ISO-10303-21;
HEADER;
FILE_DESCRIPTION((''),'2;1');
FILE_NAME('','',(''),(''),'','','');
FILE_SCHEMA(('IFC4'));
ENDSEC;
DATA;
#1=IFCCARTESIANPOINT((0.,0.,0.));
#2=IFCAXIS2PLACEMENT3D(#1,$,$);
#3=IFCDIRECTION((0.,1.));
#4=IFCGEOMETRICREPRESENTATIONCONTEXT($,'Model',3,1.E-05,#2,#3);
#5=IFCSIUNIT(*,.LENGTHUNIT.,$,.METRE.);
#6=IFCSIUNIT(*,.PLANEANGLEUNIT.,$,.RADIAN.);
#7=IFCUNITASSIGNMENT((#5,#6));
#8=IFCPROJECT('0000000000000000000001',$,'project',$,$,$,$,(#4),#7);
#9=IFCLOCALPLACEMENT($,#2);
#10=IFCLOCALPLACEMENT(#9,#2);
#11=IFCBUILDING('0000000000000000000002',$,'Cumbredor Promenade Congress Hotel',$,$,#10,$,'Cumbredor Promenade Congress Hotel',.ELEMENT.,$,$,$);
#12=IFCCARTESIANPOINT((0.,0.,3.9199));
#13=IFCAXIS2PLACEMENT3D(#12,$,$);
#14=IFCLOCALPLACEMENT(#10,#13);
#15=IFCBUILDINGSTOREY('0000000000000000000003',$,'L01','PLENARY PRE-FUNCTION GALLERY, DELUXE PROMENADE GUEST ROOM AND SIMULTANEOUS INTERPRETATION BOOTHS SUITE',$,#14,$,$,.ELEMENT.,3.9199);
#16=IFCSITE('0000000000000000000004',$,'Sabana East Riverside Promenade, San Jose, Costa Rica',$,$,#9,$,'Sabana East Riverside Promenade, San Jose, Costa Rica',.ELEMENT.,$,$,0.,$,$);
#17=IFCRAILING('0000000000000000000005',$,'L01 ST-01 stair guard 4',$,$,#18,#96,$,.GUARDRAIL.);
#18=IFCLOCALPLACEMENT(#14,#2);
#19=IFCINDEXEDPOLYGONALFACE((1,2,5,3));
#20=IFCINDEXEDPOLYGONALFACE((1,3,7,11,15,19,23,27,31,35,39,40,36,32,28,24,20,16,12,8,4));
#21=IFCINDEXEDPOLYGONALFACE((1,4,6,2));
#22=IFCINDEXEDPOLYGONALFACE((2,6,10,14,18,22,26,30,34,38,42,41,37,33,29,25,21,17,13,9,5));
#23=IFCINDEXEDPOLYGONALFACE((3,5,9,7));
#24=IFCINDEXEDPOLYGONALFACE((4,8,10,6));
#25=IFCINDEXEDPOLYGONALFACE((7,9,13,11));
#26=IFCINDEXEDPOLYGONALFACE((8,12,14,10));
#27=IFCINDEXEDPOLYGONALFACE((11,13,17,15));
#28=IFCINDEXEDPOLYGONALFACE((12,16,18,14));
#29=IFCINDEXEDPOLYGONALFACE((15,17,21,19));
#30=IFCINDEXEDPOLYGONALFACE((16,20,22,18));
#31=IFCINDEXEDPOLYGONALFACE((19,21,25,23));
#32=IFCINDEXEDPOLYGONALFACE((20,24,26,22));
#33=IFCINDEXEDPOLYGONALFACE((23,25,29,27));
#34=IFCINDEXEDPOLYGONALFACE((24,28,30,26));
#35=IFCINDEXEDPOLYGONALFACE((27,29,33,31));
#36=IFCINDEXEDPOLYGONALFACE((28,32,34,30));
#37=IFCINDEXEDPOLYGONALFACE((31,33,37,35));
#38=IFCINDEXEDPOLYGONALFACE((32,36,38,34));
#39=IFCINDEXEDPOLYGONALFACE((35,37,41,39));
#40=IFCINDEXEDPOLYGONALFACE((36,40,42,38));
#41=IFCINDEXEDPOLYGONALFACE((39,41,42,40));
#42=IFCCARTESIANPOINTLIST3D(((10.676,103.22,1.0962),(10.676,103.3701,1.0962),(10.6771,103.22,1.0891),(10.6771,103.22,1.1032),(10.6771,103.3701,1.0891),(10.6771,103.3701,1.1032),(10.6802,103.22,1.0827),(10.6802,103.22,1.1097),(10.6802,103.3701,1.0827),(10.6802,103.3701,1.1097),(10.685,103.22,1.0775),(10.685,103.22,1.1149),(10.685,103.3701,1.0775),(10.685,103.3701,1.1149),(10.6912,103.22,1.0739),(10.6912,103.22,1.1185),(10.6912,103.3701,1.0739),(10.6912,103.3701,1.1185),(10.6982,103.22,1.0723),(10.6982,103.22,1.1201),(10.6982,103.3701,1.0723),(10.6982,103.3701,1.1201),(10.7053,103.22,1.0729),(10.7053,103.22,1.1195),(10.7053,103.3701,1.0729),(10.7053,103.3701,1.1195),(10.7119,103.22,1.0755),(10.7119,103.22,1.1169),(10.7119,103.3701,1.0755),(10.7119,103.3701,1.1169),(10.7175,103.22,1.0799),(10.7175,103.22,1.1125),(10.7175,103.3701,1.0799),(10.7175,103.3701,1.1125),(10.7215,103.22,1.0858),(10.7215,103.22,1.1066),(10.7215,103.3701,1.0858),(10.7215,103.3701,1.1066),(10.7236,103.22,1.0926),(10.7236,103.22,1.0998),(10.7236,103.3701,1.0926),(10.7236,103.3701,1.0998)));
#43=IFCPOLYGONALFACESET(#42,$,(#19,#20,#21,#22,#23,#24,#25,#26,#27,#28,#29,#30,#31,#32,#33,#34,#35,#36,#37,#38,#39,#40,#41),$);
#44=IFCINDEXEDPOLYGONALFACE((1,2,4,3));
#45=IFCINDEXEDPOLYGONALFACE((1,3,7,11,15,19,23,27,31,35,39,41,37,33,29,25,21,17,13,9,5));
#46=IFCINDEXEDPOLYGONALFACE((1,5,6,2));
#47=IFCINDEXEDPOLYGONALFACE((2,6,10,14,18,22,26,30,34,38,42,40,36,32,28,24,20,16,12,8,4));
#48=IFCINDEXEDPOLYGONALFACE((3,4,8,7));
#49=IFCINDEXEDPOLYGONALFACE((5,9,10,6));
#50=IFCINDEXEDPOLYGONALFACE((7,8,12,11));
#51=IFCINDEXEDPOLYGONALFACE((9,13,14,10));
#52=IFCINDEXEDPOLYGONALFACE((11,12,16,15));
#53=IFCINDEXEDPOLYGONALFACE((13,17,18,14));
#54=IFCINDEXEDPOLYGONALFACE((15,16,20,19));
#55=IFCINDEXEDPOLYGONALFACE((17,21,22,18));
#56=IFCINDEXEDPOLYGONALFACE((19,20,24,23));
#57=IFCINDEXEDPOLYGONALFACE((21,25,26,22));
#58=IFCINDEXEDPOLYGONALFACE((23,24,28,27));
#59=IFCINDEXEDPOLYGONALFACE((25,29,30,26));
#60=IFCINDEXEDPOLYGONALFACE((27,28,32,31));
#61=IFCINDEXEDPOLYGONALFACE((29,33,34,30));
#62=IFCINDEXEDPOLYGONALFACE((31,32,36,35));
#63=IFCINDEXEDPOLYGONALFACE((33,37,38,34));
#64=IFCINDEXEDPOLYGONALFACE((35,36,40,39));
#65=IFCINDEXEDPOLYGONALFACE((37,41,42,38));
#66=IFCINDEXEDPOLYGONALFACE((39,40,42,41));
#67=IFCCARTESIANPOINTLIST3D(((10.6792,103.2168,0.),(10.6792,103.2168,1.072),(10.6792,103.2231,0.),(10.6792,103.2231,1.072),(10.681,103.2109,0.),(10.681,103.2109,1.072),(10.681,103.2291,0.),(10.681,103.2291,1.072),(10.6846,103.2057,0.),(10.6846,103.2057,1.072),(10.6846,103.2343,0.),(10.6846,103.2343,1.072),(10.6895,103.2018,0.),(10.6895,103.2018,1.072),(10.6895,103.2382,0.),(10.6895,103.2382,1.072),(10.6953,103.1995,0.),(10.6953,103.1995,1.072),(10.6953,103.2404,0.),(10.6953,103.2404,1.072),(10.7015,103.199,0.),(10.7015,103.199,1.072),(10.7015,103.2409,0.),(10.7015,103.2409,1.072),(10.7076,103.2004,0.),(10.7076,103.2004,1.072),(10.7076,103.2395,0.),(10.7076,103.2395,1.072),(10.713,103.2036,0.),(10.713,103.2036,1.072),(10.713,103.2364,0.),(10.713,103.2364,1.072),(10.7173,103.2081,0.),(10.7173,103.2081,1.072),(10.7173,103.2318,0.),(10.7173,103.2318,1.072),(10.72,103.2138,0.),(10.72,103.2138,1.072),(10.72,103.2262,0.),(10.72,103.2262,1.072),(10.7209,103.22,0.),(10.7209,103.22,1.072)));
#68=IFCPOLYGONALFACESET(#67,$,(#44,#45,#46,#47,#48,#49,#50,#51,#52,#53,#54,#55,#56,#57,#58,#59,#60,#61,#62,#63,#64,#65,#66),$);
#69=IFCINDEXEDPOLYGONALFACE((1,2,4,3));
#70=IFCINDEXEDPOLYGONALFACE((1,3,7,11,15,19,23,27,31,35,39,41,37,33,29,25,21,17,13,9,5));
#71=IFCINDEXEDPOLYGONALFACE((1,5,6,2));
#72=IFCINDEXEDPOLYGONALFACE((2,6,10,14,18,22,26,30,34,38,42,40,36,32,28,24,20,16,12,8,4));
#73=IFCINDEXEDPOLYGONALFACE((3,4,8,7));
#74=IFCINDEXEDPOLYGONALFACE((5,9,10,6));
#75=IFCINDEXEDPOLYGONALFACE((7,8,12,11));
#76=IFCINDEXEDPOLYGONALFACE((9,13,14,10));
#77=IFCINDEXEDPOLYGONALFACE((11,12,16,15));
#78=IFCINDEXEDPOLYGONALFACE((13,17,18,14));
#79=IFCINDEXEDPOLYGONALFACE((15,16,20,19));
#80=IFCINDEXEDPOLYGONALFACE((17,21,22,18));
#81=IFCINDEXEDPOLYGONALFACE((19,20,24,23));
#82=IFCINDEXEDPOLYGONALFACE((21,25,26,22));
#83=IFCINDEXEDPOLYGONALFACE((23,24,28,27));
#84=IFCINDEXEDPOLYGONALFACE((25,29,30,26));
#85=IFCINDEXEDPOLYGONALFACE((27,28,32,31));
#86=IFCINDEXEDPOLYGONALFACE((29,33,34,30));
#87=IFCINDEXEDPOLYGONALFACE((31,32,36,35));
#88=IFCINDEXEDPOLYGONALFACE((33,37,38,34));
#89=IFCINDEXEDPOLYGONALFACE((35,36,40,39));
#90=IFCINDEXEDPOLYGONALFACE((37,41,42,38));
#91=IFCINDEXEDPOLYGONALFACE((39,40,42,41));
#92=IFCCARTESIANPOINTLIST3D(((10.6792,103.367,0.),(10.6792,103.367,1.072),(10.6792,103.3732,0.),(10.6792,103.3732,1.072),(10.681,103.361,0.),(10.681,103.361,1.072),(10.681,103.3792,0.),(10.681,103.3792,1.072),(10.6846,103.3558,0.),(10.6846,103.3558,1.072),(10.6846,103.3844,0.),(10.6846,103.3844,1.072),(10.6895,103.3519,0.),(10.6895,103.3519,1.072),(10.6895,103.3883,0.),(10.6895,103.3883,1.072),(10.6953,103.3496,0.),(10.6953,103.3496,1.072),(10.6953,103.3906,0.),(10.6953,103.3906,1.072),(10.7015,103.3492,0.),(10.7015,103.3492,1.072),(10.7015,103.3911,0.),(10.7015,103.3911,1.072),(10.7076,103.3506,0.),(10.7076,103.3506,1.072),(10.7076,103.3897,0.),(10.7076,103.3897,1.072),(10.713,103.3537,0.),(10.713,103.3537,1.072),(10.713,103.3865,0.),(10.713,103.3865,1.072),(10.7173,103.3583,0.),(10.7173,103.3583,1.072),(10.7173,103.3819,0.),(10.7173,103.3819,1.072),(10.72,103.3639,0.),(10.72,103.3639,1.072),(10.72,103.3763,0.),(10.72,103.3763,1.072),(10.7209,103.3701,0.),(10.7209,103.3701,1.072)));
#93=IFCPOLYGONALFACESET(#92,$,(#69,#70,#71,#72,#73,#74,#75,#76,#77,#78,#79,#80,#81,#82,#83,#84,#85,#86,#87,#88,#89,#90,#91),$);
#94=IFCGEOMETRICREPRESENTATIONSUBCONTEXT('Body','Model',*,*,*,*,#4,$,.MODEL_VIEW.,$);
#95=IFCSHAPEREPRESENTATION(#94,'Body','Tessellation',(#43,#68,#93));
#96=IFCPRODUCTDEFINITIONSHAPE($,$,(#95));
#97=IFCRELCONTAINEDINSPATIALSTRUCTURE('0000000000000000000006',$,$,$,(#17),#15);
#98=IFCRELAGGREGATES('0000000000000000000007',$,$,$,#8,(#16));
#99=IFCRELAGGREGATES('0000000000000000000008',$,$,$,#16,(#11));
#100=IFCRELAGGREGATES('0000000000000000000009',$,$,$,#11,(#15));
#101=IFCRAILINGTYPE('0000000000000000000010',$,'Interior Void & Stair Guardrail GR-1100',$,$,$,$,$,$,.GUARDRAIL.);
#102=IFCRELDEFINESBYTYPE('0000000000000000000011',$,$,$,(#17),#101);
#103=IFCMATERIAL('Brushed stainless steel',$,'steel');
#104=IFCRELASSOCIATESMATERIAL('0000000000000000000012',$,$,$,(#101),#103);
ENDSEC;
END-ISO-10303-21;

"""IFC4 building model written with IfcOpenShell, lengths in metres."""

from ifc_helpers import new_model, si_unit, direction, frame, origin, origin_2d, place, context, subcontext, project, spatial, circle, extrude, material, type_object, element, save


model = new_model("IFC4")

# Units and contexts
model_context = context("Model", 3, precision=1e-05, world=origin(), true_north=direction((0.0, 1.0)))
body_context = subcontext(model_context, "Body", "Model", "MODEL_VIEW")
ifc_project = project(units=[si_unit("LENGTHUNIT", "METRE"), si_unit("PLANEANGLEUNIT", "RADIAN")], contexts=[model_context])

# Site, building, storey
site_placement = place(None, origin())
site = spatial("IfcSite", under=ifc_project, at=site_placement, Name="Sabana East Riverside Promenade, San Jose, Costa Rica", LongName="Sabana East Riverside Promenade, San Jose, Costa Rica", CompositionType="ELEMENT", RefElevation=0.0)
building_placement = place(site_placement, origin())
building = spatial("IfcBuilding", under=site, at=building_placement, Name="Cumbredor Promenade Congress Hotel", LongName="Cumbredor Promenade Congress Hotel", CompositionType="ELEMENT")
storey_placement = place(building_placement, frame((0.0, 0.0, 3.9199)))
storey = spatial("IfcBuildingStorey", under=building, at=storey_placement, Name="L01", Description="PLENARY PRE-FUNCTION GALLERY, DELUXE PROMENADE GUEST ROOM AND SIMULTANEOUS INTERPRETATION BOOTHS SUITE", CompositionType="ELEMENT", Elevation=3.9199)

# Railing
ifc_material_1 = material(Name="Brushed stainless steel", Category="steel")
railing_type_1 = type_object("IfcRailingType", Name="Interior Void & Stair Guardrail GR-1100", PredefinedType="GUARDRAIL", material=ifc_material_1)
railing_1_placement = place(storey_placement, frame((10.7, 103.22, 0.0)))
element("IfcRailing", 1, at=railing_1_placement, inside=storey, type_object=railing_type_1, Name="L01 ST-01 stair guard 4", PredefinedType="GUARDRAIL", context=body_context, shape_type="SweptSolid", body=[
    extrude(circle(Radius=0.0239, at=origin_2d()), frame((0.0, 0.0, 1.0962), z_axis=(0.0, 1.0, 0.0), x_axis=(-1.0, 0.0, 0.0)), (0.0, 0.0, 1.0), 0.1501),
    extrude(circle(Radius=0.021, at=origin_2d()), origin(), (0.0, 0.0, 1.0), 1.072),
    extrude(circle(Radius=0.021, at=origin_2d()), frame((0.0, 0.1501, 0.0)), (0.0, 0.0, 1.0), 1.072),
])

save(model, "model.ifc")
